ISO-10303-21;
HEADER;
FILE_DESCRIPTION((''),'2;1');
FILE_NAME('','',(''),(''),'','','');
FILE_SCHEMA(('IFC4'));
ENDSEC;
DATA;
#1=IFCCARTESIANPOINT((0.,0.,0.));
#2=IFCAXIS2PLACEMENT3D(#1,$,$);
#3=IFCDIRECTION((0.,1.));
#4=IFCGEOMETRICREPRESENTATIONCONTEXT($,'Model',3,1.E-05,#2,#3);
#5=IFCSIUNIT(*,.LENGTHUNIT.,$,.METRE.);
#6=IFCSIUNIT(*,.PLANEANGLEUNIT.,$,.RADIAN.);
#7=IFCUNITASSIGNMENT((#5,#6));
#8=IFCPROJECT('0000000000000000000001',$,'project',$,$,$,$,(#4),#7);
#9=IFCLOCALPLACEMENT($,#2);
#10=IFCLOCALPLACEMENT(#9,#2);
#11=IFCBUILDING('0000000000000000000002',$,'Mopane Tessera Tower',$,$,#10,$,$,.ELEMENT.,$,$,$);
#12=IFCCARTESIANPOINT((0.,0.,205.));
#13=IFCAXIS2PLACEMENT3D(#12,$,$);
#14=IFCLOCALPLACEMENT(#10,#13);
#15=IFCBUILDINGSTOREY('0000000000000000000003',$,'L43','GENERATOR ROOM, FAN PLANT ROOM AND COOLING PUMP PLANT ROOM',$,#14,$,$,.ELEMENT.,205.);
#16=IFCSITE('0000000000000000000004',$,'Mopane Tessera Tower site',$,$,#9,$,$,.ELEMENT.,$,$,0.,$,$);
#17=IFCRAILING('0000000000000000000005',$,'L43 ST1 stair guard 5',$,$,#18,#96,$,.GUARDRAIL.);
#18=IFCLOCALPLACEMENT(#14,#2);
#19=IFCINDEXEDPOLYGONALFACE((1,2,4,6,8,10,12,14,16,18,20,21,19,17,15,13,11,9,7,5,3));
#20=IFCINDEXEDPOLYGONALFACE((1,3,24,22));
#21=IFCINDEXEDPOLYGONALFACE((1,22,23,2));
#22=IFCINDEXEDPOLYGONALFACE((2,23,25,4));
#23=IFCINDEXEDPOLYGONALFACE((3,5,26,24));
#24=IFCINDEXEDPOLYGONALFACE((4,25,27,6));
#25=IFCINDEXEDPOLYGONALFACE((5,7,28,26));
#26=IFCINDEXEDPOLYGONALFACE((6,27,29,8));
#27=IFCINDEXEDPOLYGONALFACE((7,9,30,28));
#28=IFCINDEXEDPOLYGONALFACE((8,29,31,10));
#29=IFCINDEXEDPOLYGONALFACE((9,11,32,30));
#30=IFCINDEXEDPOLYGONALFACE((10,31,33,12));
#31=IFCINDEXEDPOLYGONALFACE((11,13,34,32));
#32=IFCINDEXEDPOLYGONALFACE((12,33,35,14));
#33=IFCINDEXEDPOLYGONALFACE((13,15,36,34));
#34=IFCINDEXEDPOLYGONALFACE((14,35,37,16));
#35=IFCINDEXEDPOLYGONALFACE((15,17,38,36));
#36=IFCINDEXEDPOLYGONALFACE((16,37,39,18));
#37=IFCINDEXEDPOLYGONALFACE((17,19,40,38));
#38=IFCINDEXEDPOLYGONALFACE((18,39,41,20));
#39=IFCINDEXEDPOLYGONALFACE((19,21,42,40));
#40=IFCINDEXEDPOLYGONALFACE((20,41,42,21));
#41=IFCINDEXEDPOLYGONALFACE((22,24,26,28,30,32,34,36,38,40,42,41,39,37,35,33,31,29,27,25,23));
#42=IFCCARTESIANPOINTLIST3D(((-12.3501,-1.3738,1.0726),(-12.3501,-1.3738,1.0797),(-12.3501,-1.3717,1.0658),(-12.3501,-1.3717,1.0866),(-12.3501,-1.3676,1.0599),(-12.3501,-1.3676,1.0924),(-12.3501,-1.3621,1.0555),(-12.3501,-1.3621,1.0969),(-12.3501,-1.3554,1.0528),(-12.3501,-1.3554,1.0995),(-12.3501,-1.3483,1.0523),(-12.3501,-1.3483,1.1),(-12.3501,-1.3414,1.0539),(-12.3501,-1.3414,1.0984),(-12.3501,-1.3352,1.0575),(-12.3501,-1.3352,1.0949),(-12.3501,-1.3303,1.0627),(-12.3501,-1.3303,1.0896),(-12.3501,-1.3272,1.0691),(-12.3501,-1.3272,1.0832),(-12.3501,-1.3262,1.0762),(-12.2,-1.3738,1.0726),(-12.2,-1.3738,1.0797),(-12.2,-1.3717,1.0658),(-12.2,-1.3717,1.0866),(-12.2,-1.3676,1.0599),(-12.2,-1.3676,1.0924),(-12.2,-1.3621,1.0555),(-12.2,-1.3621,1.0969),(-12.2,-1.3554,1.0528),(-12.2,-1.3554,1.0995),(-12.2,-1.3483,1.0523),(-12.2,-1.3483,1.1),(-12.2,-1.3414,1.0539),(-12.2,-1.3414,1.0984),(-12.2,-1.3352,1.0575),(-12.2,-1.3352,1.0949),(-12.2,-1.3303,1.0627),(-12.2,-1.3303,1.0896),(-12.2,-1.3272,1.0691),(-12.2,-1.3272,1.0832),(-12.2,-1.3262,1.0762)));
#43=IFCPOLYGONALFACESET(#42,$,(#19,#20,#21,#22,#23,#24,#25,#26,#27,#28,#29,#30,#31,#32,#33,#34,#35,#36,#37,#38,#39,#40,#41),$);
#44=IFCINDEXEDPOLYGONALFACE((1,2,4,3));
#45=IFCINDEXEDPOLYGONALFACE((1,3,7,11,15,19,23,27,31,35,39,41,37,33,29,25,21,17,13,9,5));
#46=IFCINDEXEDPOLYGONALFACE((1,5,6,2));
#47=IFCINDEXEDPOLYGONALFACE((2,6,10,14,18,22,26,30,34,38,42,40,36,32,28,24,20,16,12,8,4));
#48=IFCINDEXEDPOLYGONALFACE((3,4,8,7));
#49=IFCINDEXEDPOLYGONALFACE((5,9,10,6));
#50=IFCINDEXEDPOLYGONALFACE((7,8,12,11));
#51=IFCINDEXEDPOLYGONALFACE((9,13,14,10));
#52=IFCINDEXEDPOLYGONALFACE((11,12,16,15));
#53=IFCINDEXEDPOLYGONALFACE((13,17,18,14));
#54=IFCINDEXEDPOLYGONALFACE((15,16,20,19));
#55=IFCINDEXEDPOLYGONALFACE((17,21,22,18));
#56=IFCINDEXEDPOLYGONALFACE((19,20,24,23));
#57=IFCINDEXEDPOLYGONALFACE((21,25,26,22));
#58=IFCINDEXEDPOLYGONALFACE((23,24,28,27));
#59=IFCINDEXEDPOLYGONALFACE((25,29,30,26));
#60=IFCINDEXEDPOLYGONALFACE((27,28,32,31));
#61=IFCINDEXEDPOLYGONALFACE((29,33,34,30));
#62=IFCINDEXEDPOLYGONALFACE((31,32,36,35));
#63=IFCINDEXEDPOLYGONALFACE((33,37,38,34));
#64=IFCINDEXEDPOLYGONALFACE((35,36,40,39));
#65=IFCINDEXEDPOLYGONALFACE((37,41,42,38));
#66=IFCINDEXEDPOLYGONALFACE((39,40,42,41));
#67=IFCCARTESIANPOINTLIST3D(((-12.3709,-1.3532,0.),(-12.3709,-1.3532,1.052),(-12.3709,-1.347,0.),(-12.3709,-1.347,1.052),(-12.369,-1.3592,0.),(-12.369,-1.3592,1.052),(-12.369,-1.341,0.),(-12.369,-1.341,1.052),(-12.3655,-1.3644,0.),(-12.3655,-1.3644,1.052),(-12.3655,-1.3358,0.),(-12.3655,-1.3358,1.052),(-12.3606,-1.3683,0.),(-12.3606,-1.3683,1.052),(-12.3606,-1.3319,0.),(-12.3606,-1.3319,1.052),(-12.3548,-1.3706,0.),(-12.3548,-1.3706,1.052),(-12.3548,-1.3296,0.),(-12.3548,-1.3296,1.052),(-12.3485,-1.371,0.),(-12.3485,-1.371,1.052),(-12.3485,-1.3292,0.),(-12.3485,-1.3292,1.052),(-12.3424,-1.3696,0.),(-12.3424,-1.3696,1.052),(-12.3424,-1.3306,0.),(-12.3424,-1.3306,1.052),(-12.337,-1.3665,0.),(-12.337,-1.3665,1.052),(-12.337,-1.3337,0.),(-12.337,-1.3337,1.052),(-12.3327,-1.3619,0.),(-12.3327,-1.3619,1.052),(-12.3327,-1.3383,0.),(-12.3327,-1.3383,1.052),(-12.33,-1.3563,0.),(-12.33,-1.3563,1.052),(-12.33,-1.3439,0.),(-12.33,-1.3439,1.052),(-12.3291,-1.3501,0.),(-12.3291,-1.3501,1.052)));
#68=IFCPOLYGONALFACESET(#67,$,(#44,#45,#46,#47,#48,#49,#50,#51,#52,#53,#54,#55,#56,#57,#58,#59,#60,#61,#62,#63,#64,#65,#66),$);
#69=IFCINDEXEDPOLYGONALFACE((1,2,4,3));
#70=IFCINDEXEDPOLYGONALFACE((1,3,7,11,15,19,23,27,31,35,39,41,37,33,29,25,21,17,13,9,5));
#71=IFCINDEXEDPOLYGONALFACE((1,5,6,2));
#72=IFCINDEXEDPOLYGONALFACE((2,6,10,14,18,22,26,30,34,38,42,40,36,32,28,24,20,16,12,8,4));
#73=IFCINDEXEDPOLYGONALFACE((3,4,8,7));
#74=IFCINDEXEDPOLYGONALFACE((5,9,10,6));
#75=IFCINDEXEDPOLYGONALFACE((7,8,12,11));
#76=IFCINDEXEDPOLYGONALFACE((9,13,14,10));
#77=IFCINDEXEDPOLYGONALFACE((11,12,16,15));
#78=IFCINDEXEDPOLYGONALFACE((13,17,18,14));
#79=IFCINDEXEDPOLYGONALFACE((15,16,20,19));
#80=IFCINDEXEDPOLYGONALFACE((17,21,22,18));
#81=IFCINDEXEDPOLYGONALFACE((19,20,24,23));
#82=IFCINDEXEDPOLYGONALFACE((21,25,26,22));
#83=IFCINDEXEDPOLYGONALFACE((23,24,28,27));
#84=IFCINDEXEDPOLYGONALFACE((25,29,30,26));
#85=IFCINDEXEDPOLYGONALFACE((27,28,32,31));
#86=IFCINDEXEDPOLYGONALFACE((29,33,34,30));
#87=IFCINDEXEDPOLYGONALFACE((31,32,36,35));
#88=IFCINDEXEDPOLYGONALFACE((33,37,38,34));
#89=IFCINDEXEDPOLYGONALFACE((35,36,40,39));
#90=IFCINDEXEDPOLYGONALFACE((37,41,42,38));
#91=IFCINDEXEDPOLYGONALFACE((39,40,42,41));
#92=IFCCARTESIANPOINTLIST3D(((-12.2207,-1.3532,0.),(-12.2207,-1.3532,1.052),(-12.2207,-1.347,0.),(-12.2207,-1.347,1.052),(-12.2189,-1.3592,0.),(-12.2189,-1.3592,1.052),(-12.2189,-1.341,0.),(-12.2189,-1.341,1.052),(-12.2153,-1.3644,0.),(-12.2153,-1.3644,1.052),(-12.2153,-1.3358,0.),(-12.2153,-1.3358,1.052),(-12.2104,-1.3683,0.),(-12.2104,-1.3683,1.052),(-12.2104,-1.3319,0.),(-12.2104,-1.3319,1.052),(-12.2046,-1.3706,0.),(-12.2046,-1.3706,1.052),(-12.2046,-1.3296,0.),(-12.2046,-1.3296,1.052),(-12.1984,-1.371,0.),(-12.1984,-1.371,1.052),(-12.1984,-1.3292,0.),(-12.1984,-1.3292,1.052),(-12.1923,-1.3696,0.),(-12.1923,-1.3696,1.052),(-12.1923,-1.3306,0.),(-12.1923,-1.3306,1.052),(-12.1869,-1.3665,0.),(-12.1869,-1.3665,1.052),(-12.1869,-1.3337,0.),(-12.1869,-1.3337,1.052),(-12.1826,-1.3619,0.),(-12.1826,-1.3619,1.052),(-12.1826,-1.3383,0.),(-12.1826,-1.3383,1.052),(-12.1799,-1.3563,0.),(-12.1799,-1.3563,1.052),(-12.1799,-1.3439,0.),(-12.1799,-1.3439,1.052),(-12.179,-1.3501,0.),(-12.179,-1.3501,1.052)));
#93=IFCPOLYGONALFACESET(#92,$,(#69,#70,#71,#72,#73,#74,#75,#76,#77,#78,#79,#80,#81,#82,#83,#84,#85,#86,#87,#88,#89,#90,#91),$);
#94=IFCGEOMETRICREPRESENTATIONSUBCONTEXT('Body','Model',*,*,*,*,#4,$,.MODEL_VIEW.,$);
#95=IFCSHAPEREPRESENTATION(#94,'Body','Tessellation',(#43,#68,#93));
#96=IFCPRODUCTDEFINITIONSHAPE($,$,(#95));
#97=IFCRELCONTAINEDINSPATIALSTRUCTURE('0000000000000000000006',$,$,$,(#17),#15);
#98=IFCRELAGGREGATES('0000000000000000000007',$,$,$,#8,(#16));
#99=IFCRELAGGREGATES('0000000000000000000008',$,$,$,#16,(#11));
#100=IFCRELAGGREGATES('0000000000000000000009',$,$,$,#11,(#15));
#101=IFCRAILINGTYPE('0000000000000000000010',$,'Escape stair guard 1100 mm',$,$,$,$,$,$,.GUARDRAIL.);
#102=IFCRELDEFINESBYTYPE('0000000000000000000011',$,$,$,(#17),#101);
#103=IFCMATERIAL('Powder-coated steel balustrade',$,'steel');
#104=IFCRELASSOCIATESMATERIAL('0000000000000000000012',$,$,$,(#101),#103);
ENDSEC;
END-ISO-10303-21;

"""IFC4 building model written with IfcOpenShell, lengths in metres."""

from ifc_helpers import new_model, si_unit, direction, frame, origin, origin_2d, place, context, subcontext, project, spatial, circle, extrude, material, type_object, element, save


model = new_model("IFC4")

# Units and contexts
model_context = context("Model", 3, precision=1e-05, world=origin(), true_north=direction((0.0, 1.0)))
body_context = subcontext(model_context, "Body", "Model", "MODEL_VIEW")
ifc_project = project(units=[si_unit("LENGTHUNIT", "METRE"), si_unit("PLANEANGLEUNIT", "RADIAN")], contexts=[model_context])

# Site, building, storey
site_placement = place(None, origin())
site = spatial("IfcSite", under=ifc_project, at=site_placement, Name="Mopane Tessera Tower site", CompositionType="ELEMENT", RefElevation=0.0)
building_placement = place(site_placement, origin())
building = spatial("IfcBuilding", under=site, at=building_placement, Name="Mopane Tessera Tower", CompositionType="ELEMENT")
storey_placement = place(building_placement, frame((0.0, 0.0, 205.0)))
storey = spatial("IfcBuildingStorey", under=building, at=storey_placement, Name="L43", Description="GENERATOR ROOM, FAN PLANT ROOM AND COOLING PUMP PLANT ROOM", CompositionType="ELEMENT", Elevation=205.0)

# Railing
ifc_material_1 = material(Name="Powder-coated steel balustrade", Category="steel")
railing_type_1 = type_object("IfcRailingType", Name="Escape stair guard 1100 mm", PredefinedType="GUARDRAIL", material=ifc_material_1)
railing_1_placement = place(storey_placement, frame((-12.3501, -1.3501, 0.0)))
element("IfcRailing", 1, at=railing_1_placement, inside=storey, type_object=railing_type_1, Name="L43 ST1 stair guard 5", PredefinedType="GUARDRAIL", context=body_context, shape_type="SweptSolid", body=[
    extrude(circle(Radius=0.0239, at=origin_2d()), frame((0.0, 0.0, 1.0762), z_axis=(1.0, 0.0, 0.0), x_axis=(0.0, 1.0, 0.0)), (0.0, 0.0, 1.0), 0.1501),
    extrude(circle(Radius=0.021, at=origin_2d()), origin(), (0.0, 0.0, 1.0), 1.052),
    extrude(circle(Radius=0.021, at=origin_2d()), frame((0.1501, 0.0, 0.0)), (0.0, 0.0, 1.0), 1.052),
])

save(model, "model.ifc")
